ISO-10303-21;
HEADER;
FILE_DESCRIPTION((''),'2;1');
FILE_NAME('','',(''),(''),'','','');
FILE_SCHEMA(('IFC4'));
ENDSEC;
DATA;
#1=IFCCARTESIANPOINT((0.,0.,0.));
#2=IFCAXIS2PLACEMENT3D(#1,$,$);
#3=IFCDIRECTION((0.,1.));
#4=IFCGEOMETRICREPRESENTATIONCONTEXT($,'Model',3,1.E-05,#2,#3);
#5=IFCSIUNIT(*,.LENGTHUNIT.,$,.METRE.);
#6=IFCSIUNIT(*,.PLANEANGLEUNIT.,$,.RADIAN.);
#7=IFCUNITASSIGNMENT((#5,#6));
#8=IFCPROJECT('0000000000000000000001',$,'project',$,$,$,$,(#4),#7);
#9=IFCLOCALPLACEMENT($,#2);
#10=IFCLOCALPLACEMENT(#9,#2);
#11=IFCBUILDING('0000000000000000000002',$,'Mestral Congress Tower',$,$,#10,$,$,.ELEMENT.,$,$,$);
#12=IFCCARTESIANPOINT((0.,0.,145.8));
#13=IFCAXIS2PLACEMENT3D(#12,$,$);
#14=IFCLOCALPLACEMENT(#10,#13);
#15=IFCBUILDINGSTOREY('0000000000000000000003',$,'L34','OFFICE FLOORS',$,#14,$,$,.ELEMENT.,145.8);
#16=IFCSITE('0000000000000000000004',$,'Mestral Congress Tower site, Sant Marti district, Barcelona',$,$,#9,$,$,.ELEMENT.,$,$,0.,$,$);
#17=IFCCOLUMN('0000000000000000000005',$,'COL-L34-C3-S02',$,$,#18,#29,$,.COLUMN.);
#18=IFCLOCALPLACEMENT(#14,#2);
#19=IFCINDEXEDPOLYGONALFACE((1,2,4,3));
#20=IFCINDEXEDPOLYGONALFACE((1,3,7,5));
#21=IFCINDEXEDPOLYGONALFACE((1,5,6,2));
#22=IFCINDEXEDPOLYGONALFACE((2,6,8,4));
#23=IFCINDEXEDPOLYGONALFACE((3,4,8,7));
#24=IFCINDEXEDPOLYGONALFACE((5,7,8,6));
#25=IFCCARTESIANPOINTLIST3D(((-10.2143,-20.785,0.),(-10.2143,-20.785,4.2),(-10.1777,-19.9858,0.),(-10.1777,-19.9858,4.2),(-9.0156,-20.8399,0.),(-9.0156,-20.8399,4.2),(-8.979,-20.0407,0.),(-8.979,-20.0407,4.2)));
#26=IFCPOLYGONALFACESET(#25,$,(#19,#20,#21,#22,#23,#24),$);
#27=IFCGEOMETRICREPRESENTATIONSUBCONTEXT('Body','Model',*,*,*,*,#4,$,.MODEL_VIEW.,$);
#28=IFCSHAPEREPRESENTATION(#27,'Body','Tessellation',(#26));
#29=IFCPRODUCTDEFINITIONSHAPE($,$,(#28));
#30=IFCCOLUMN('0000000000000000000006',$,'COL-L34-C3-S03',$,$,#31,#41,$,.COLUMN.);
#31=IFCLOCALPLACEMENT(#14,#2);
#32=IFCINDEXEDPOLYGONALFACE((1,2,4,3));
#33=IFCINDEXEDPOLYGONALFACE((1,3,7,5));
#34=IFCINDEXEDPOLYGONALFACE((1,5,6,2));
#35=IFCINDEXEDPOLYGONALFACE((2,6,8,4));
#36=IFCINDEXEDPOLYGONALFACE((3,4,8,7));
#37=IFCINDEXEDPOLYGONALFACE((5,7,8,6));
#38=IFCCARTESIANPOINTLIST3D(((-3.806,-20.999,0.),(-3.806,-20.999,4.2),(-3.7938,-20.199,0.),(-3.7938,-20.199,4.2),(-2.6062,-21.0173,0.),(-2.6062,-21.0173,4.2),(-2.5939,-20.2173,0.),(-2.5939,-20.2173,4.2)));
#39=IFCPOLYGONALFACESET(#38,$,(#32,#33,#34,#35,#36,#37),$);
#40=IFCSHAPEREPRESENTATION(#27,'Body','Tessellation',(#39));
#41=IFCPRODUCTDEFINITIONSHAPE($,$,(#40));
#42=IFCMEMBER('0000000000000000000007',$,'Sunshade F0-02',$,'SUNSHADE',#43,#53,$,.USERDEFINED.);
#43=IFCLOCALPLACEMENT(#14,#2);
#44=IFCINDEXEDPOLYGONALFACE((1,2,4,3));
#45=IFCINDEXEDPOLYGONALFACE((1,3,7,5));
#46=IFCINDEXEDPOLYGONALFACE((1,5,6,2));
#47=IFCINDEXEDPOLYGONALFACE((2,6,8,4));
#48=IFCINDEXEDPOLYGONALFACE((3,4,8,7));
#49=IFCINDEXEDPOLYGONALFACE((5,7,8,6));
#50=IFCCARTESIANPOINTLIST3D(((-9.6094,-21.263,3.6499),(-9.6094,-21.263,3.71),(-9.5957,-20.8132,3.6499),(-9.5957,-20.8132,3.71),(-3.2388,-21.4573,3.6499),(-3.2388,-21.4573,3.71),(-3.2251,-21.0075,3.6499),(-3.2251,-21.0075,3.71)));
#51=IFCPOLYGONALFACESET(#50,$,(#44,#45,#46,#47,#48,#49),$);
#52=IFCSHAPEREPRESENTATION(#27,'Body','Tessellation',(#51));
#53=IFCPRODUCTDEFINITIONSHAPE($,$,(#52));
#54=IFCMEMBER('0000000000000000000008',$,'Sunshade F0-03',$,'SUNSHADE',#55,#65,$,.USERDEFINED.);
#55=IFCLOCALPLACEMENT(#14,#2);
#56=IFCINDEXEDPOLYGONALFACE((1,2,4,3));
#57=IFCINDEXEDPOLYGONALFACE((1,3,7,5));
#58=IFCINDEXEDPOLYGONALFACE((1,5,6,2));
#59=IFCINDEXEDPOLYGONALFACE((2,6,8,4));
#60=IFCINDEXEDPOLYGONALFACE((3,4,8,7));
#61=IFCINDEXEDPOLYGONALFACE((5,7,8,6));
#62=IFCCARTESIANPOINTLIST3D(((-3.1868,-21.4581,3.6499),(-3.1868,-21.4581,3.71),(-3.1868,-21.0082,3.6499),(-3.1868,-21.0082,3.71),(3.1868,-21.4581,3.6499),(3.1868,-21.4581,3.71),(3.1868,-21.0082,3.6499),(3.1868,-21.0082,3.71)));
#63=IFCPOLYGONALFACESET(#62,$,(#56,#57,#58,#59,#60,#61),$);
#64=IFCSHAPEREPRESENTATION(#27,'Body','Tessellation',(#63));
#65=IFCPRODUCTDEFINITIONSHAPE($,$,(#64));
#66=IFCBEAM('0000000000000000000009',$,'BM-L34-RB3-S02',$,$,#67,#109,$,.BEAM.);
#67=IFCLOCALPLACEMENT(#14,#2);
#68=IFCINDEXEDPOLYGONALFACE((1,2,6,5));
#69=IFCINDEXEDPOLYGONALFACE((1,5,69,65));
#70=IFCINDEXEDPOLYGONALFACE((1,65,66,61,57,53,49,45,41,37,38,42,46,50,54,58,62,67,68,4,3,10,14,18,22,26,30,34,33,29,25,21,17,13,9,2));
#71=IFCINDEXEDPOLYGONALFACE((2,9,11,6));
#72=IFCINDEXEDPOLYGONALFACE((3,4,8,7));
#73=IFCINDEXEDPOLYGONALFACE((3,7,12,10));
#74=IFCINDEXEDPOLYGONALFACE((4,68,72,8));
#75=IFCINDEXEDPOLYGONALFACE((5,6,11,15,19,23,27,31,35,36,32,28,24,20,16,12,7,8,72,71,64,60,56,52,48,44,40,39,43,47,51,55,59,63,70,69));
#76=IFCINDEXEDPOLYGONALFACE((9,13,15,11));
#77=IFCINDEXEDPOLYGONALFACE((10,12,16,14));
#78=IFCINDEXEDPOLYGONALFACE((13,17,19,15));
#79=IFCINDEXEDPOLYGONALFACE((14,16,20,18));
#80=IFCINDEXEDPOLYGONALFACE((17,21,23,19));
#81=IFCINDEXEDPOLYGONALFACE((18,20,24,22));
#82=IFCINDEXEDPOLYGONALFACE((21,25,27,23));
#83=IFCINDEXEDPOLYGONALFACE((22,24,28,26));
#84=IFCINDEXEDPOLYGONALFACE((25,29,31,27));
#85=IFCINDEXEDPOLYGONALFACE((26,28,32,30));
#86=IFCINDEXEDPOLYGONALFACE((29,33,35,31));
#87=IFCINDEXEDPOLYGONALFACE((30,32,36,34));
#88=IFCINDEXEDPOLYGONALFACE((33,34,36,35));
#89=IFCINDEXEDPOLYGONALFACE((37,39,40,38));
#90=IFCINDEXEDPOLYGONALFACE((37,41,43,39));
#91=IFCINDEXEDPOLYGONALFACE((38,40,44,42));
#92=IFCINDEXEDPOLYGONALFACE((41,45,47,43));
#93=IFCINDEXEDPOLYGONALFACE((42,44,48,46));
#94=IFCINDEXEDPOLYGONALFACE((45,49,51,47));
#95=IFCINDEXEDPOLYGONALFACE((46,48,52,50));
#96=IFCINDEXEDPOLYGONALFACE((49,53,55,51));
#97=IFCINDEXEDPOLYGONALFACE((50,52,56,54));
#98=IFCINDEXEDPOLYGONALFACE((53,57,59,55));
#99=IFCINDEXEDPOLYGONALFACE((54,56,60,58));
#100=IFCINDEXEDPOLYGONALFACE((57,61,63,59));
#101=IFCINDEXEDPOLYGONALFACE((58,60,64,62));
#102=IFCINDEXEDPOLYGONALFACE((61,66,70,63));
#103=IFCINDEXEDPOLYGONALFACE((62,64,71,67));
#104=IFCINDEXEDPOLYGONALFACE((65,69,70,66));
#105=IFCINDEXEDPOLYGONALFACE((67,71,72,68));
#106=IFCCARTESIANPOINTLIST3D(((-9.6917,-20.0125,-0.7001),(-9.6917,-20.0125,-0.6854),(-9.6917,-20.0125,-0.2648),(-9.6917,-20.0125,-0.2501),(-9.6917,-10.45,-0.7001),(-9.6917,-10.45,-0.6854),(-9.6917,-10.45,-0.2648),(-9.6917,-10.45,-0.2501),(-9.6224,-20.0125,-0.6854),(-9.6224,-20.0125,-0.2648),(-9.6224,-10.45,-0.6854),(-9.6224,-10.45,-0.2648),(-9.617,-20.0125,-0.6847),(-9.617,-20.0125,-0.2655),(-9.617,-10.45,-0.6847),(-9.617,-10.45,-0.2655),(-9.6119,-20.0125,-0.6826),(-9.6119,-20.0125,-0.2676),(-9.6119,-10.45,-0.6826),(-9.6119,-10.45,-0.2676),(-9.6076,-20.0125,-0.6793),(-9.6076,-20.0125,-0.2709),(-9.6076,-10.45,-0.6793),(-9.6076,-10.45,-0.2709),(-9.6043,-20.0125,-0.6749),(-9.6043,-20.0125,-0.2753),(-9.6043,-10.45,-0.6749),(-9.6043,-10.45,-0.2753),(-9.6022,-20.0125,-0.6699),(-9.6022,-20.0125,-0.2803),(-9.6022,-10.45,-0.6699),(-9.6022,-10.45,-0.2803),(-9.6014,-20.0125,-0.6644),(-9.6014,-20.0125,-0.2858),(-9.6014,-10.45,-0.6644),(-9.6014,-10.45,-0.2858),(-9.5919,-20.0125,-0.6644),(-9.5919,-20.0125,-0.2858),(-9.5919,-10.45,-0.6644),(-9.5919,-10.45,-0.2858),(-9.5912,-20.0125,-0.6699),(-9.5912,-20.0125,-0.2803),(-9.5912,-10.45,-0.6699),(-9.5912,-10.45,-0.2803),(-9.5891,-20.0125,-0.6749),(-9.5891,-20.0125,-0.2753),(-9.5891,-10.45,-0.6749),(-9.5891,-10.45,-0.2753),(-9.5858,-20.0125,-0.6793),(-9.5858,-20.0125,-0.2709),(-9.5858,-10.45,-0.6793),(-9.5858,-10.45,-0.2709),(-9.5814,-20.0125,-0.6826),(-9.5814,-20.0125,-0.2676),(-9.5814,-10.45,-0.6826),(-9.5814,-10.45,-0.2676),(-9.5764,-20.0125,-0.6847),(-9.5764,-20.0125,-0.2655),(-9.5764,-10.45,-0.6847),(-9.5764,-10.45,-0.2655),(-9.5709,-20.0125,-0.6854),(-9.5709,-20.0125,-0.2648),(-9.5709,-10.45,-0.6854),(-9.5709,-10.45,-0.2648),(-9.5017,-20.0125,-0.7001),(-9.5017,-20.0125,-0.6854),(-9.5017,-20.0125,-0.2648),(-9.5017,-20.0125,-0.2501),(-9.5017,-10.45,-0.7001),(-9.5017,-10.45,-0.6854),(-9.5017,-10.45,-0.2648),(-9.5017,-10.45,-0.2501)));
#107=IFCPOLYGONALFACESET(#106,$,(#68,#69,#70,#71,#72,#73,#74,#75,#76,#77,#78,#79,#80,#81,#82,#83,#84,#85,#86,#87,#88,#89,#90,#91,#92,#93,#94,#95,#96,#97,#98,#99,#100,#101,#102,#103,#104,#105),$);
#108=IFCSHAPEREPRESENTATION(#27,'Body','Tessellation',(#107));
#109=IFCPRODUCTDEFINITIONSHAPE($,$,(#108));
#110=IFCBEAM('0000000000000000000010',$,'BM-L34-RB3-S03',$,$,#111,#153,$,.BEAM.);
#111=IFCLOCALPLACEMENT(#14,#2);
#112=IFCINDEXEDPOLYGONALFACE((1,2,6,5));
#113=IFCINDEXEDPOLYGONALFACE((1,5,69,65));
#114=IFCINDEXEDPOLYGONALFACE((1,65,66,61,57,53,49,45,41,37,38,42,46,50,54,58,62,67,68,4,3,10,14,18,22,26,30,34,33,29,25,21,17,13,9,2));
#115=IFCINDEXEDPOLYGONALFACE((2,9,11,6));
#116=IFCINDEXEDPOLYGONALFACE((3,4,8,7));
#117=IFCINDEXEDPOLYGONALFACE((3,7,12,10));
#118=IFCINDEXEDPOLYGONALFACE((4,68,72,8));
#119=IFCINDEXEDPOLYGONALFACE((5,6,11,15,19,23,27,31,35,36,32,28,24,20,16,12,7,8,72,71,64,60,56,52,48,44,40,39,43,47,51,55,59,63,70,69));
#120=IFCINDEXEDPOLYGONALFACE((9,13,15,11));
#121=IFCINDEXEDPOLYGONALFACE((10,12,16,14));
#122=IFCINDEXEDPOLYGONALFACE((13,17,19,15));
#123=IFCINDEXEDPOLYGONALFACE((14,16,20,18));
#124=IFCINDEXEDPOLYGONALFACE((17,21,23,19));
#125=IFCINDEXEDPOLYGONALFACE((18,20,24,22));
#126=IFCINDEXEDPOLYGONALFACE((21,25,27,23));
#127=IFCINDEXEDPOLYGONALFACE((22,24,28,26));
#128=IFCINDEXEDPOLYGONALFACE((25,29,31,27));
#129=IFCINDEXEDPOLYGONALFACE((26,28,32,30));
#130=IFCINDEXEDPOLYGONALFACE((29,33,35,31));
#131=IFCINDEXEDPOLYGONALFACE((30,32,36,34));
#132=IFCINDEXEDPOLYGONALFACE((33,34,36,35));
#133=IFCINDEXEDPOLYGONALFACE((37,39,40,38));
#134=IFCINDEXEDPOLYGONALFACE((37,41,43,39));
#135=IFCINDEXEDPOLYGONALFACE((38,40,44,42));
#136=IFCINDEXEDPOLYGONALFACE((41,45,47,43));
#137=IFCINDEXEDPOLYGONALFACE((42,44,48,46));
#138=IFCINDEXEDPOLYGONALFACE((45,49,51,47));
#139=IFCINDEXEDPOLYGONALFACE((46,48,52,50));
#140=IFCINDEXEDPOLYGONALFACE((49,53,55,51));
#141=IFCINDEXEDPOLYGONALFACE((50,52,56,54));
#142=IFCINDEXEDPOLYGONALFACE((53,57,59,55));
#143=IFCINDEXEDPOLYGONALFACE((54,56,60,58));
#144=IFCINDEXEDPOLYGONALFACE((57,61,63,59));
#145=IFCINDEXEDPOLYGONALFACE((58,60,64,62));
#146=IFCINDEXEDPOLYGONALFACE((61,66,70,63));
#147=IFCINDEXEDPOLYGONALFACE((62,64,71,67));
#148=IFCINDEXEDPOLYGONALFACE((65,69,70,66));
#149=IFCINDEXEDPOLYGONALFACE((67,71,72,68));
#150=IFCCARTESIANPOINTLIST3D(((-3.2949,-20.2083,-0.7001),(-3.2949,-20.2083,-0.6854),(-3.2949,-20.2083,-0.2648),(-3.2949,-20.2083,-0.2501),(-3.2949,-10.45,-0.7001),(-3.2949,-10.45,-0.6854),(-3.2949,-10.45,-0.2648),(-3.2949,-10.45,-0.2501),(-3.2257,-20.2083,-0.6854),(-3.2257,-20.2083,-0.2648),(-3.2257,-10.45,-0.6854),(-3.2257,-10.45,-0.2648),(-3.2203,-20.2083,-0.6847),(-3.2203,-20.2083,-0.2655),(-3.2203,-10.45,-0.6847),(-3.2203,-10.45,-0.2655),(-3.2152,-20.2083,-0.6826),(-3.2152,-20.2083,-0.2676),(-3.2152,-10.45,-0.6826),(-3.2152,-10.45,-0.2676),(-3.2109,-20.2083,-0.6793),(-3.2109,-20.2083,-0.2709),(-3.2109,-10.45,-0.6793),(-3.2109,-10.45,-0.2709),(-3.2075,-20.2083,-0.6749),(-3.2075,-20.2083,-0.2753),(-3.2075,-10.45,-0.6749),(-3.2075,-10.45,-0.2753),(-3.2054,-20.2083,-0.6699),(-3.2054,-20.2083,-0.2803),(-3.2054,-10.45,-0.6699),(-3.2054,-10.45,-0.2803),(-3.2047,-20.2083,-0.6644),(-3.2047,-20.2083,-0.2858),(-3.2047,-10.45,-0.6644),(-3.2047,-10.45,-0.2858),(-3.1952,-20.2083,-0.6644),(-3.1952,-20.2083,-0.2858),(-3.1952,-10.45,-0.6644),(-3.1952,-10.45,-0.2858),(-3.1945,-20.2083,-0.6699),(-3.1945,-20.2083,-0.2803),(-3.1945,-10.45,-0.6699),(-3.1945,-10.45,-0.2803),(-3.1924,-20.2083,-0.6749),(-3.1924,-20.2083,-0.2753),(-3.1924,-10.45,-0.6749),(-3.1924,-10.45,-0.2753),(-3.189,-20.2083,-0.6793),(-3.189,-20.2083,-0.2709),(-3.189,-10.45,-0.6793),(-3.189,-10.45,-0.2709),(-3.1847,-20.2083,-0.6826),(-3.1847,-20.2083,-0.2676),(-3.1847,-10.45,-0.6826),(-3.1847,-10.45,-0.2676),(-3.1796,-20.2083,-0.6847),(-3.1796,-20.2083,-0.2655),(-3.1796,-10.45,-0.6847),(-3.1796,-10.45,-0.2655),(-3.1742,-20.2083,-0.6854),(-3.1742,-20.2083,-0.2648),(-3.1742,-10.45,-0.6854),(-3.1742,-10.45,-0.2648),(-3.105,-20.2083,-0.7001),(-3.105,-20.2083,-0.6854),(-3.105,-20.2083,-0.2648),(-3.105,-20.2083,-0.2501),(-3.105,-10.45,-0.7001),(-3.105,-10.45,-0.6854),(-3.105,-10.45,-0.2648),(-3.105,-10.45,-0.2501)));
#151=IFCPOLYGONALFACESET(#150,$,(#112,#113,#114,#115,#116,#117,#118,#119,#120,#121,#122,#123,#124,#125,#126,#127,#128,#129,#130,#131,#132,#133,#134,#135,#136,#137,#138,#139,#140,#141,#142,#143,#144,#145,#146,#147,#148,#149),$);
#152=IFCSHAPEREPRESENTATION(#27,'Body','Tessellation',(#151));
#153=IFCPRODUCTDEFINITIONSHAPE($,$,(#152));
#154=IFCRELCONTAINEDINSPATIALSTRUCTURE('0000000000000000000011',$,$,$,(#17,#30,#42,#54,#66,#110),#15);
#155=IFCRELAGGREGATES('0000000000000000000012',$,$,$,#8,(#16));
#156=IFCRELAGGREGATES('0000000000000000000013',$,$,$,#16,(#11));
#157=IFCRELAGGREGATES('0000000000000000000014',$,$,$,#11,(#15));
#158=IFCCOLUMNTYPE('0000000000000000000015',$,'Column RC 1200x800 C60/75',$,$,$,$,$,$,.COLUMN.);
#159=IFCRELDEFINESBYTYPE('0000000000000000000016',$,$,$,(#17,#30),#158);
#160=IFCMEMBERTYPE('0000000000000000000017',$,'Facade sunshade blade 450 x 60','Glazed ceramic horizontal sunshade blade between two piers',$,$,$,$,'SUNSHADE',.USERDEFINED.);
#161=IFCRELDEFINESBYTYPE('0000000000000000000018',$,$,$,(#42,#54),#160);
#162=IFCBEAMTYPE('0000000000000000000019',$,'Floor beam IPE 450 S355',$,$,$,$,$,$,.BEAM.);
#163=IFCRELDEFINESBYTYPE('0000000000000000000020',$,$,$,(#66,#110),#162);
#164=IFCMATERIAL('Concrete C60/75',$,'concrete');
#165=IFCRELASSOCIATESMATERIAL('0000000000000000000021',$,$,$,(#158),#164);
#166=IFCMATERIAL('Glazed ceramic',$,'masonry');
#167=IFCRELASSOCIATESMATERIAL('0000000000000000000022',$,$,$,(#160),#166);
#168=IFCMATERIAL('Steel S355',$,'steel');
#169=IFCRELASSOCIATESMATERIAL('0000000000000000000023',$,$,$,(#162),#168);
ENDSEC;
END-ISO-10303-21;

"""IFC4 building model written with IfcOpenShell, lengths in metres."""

from ifc_helpers import new_model, si_unit, direction, frame, origin, origin_2d, place, context, subcontext, project, spatial, rectangle, i_section, extrude, material, material_profile, profile_set, type_object, element, save


model = new_model("IFC4")

# Units and contexts
model_context = context("Model", 3, precision=1e-05, world=origin(), true_north=direction((0.0, 1.0)))
body_context = subcontext(model_context, "Body", "Model", "MODEL_VIEW")
ifc_project = project(units=[si_unit("LENGTHUNIT", "METRE"), si_unit("PLANEANGLEUNIT", "RADIAN")], contexts=[model_context])

# Site, building, storey
site_placement = place(None, origin())
site = spatial("IfcSite", under=ifc_project, at=site_placement, Name="Mestral Congress Tower site, Sant Marti district, Barcelona", CompositionType="ELEMENT", RefElevation=0.0)
building_placement = place(site_placement, origin())
building = spatial("IfcBuilding", under=site, at=building_placement, Name="Mestral Congress Tower", CompositionType="ELEMENT")
storey_placement = place(building_placement, frame((0.0, 0.0, 145.8)))
storey = spatial("IfcBuildingStorey", under=building, at=storey_placement, Name="L34", Description="OFFICE FLOORS", CompositionType="ELEMENT", Elevation=145.8)

# Columns
ifc_material_1 = material(Name="Concrete C60/75", Category="concrete")
ifc_material_profile_1 = material_profile(ifc_material_1, rectangle(XDim=1.2, YDim=0.8, at=origin_2d()), Name="RC 1200x800")
ifc_profile_set_1 = profile_set([ifc_material_profile_1], Name="Concrete C60/75")
column_type = type_object("IfcColumnType", Name="Column RC 1200x800 C60/75", PredefinedType="COLUMN", material=ifc_profile_set_1)
for number, where, z_axis, x_axis, name in (
    (1, (-9.5967, -20.4128, 0.0), (0.0, 0.0, 1.0), (0.998952, -0.045771, 0.0), "COL-L34-C3-S02"),
    (2, (-3.2, -20.6082, 0.0), (0.0, 0.0, 1.0), (0.999884, -0.015262, 0.0), "COL-L34-C3-S03"),
):
    element("IfcColumn", number, at=place(storey_placement, frame(where, z_axis=z_axis, x_axis=x_axis)), inside=storey, type_object=column_type, Name=name, PredefinedType="COLUMN", context=body_context, shape_type="SweptSolid", body=[
        extrude(rectangle(XDim=1.2, YDim=0.8, at=origin_2d()), origin(), (0.0, 0.0, 1.0), 4.2),
    ])

# Members
ifc_material_2 = material(Name="Glazed ceramic", Category="masonry")
ifc_material_profile_2 = material_profile(ifc_material_2, rectangle(XDim=0.45, YDim=0.0601, at=origin_2d()), Name="Ceramic blade 450 x 60")
ifc_profile_set_2 = profile_set([ifc_material_profile_2], Name="Glazed ceramic")
member_type = type_object("IfcMemberType", Name="Facade sunshade blade 450 x 60", Description="Glazed ceramic horizontal sunshade blade between two piers", ElementType="SUNSHADE", PredefinedType="USERDEFINED", material=ifc_profile_set_2)
for number, where, z_axis, x_axis, name in (
    (3, (-9.6025, -21.0381, 3.6799), (0.999535, -0.030491, 0.0), (0.030491, 0.999535, 0.0), "Sunshade F0-02"),
    (4, (-3.1868, -21.2332, 3.6799), (1.0, 0.0, 0.0), (0.0, 1.0, 0.0), "Sunshade F0-03"),
):
    element("IfcMember", number, at=place(storey_placement, frame(where, z_axis=z_axis, x_axis=x_axis)), inside=storey, type_object=member_type, Name=name, ObjectType="SUNSHADE", PredefinedType="USERDEFINED", context=body_context, shape_type="SweptSolid", body=[
        extrude(rectangle(XDim=0.45, YDim=0.0601, at=origin_2d()), origin(), (0.0, 0.0, 1.0), 6.3735),
    ])

# Beams
ifc_material_3 = material(Name="Steel S355", Category="steel")
ifc_material_profile_3 = material_profile(ifc_material_3, i_section(OverallWidth=0.1899, OverallDepth=0.45, WebThickness=0.0095, FlangeThickness=0.0146, FilletRadius=0.021, at=origin_2d()), Name="IPE 450")
ifc_profile_set_3 = profile_set([ifc_material_profile_3], Name="Steel S355")
beam_type_1 = type_object("IfcBeamType", Name="Floor beam IPE 450 S355", PredefinedType="BEAM", material=ifc_profile_set_3)
beam_1_placement = place(storey_placement, frame((-9.5967, -20.0125, -0.4751), z_axis=(0.0, 1.0, 0.0), x_axis=(-1.0, 0.0, 0.0)))
element("IfcBeam", 5, at=beam_1_placement, inside=storey, type_object=beam_type_1, Name="BM-L34-RB3-S02", PredefinedType="BEAM", context=body_context, shape_type="SweptSolid", body=[
    extrude(i_section(OverallWidth=0.1899, OverallDepth=0.45, WebThickness=0.0095, FlangeThickness=0.0146, FilletRadius=0.021, at=origin_2d()), origin(), (0.0, 0.0, 1.0), 9.5625),
])
beam_2_placement = place(storey_placement, frame((-3.2, -20.2083, -0.4751), z_axis=(0.0, 1.0, 0.0), x_axis=(-1.0, 0.0, 0.0)))
element("IfcBeam", 6, at=beam_2_placement, inside=storey, type_object=beam_type_1, Name="BM-L34-RB3-S03", PredefinedType="BEAM", context=body_context, shape_type="SweptSolid", body=[
    extrude(i_section(OverallWidth=0.1899, OverallDepth=0.45, WebThickness=0.0095, FlangeThickness=0.0146, FilletRadius=0.021, at=origin_2d()), origin(), (0.0, 0.0, 1.0), 9.7583),
])

save(model, "model.ifc")
